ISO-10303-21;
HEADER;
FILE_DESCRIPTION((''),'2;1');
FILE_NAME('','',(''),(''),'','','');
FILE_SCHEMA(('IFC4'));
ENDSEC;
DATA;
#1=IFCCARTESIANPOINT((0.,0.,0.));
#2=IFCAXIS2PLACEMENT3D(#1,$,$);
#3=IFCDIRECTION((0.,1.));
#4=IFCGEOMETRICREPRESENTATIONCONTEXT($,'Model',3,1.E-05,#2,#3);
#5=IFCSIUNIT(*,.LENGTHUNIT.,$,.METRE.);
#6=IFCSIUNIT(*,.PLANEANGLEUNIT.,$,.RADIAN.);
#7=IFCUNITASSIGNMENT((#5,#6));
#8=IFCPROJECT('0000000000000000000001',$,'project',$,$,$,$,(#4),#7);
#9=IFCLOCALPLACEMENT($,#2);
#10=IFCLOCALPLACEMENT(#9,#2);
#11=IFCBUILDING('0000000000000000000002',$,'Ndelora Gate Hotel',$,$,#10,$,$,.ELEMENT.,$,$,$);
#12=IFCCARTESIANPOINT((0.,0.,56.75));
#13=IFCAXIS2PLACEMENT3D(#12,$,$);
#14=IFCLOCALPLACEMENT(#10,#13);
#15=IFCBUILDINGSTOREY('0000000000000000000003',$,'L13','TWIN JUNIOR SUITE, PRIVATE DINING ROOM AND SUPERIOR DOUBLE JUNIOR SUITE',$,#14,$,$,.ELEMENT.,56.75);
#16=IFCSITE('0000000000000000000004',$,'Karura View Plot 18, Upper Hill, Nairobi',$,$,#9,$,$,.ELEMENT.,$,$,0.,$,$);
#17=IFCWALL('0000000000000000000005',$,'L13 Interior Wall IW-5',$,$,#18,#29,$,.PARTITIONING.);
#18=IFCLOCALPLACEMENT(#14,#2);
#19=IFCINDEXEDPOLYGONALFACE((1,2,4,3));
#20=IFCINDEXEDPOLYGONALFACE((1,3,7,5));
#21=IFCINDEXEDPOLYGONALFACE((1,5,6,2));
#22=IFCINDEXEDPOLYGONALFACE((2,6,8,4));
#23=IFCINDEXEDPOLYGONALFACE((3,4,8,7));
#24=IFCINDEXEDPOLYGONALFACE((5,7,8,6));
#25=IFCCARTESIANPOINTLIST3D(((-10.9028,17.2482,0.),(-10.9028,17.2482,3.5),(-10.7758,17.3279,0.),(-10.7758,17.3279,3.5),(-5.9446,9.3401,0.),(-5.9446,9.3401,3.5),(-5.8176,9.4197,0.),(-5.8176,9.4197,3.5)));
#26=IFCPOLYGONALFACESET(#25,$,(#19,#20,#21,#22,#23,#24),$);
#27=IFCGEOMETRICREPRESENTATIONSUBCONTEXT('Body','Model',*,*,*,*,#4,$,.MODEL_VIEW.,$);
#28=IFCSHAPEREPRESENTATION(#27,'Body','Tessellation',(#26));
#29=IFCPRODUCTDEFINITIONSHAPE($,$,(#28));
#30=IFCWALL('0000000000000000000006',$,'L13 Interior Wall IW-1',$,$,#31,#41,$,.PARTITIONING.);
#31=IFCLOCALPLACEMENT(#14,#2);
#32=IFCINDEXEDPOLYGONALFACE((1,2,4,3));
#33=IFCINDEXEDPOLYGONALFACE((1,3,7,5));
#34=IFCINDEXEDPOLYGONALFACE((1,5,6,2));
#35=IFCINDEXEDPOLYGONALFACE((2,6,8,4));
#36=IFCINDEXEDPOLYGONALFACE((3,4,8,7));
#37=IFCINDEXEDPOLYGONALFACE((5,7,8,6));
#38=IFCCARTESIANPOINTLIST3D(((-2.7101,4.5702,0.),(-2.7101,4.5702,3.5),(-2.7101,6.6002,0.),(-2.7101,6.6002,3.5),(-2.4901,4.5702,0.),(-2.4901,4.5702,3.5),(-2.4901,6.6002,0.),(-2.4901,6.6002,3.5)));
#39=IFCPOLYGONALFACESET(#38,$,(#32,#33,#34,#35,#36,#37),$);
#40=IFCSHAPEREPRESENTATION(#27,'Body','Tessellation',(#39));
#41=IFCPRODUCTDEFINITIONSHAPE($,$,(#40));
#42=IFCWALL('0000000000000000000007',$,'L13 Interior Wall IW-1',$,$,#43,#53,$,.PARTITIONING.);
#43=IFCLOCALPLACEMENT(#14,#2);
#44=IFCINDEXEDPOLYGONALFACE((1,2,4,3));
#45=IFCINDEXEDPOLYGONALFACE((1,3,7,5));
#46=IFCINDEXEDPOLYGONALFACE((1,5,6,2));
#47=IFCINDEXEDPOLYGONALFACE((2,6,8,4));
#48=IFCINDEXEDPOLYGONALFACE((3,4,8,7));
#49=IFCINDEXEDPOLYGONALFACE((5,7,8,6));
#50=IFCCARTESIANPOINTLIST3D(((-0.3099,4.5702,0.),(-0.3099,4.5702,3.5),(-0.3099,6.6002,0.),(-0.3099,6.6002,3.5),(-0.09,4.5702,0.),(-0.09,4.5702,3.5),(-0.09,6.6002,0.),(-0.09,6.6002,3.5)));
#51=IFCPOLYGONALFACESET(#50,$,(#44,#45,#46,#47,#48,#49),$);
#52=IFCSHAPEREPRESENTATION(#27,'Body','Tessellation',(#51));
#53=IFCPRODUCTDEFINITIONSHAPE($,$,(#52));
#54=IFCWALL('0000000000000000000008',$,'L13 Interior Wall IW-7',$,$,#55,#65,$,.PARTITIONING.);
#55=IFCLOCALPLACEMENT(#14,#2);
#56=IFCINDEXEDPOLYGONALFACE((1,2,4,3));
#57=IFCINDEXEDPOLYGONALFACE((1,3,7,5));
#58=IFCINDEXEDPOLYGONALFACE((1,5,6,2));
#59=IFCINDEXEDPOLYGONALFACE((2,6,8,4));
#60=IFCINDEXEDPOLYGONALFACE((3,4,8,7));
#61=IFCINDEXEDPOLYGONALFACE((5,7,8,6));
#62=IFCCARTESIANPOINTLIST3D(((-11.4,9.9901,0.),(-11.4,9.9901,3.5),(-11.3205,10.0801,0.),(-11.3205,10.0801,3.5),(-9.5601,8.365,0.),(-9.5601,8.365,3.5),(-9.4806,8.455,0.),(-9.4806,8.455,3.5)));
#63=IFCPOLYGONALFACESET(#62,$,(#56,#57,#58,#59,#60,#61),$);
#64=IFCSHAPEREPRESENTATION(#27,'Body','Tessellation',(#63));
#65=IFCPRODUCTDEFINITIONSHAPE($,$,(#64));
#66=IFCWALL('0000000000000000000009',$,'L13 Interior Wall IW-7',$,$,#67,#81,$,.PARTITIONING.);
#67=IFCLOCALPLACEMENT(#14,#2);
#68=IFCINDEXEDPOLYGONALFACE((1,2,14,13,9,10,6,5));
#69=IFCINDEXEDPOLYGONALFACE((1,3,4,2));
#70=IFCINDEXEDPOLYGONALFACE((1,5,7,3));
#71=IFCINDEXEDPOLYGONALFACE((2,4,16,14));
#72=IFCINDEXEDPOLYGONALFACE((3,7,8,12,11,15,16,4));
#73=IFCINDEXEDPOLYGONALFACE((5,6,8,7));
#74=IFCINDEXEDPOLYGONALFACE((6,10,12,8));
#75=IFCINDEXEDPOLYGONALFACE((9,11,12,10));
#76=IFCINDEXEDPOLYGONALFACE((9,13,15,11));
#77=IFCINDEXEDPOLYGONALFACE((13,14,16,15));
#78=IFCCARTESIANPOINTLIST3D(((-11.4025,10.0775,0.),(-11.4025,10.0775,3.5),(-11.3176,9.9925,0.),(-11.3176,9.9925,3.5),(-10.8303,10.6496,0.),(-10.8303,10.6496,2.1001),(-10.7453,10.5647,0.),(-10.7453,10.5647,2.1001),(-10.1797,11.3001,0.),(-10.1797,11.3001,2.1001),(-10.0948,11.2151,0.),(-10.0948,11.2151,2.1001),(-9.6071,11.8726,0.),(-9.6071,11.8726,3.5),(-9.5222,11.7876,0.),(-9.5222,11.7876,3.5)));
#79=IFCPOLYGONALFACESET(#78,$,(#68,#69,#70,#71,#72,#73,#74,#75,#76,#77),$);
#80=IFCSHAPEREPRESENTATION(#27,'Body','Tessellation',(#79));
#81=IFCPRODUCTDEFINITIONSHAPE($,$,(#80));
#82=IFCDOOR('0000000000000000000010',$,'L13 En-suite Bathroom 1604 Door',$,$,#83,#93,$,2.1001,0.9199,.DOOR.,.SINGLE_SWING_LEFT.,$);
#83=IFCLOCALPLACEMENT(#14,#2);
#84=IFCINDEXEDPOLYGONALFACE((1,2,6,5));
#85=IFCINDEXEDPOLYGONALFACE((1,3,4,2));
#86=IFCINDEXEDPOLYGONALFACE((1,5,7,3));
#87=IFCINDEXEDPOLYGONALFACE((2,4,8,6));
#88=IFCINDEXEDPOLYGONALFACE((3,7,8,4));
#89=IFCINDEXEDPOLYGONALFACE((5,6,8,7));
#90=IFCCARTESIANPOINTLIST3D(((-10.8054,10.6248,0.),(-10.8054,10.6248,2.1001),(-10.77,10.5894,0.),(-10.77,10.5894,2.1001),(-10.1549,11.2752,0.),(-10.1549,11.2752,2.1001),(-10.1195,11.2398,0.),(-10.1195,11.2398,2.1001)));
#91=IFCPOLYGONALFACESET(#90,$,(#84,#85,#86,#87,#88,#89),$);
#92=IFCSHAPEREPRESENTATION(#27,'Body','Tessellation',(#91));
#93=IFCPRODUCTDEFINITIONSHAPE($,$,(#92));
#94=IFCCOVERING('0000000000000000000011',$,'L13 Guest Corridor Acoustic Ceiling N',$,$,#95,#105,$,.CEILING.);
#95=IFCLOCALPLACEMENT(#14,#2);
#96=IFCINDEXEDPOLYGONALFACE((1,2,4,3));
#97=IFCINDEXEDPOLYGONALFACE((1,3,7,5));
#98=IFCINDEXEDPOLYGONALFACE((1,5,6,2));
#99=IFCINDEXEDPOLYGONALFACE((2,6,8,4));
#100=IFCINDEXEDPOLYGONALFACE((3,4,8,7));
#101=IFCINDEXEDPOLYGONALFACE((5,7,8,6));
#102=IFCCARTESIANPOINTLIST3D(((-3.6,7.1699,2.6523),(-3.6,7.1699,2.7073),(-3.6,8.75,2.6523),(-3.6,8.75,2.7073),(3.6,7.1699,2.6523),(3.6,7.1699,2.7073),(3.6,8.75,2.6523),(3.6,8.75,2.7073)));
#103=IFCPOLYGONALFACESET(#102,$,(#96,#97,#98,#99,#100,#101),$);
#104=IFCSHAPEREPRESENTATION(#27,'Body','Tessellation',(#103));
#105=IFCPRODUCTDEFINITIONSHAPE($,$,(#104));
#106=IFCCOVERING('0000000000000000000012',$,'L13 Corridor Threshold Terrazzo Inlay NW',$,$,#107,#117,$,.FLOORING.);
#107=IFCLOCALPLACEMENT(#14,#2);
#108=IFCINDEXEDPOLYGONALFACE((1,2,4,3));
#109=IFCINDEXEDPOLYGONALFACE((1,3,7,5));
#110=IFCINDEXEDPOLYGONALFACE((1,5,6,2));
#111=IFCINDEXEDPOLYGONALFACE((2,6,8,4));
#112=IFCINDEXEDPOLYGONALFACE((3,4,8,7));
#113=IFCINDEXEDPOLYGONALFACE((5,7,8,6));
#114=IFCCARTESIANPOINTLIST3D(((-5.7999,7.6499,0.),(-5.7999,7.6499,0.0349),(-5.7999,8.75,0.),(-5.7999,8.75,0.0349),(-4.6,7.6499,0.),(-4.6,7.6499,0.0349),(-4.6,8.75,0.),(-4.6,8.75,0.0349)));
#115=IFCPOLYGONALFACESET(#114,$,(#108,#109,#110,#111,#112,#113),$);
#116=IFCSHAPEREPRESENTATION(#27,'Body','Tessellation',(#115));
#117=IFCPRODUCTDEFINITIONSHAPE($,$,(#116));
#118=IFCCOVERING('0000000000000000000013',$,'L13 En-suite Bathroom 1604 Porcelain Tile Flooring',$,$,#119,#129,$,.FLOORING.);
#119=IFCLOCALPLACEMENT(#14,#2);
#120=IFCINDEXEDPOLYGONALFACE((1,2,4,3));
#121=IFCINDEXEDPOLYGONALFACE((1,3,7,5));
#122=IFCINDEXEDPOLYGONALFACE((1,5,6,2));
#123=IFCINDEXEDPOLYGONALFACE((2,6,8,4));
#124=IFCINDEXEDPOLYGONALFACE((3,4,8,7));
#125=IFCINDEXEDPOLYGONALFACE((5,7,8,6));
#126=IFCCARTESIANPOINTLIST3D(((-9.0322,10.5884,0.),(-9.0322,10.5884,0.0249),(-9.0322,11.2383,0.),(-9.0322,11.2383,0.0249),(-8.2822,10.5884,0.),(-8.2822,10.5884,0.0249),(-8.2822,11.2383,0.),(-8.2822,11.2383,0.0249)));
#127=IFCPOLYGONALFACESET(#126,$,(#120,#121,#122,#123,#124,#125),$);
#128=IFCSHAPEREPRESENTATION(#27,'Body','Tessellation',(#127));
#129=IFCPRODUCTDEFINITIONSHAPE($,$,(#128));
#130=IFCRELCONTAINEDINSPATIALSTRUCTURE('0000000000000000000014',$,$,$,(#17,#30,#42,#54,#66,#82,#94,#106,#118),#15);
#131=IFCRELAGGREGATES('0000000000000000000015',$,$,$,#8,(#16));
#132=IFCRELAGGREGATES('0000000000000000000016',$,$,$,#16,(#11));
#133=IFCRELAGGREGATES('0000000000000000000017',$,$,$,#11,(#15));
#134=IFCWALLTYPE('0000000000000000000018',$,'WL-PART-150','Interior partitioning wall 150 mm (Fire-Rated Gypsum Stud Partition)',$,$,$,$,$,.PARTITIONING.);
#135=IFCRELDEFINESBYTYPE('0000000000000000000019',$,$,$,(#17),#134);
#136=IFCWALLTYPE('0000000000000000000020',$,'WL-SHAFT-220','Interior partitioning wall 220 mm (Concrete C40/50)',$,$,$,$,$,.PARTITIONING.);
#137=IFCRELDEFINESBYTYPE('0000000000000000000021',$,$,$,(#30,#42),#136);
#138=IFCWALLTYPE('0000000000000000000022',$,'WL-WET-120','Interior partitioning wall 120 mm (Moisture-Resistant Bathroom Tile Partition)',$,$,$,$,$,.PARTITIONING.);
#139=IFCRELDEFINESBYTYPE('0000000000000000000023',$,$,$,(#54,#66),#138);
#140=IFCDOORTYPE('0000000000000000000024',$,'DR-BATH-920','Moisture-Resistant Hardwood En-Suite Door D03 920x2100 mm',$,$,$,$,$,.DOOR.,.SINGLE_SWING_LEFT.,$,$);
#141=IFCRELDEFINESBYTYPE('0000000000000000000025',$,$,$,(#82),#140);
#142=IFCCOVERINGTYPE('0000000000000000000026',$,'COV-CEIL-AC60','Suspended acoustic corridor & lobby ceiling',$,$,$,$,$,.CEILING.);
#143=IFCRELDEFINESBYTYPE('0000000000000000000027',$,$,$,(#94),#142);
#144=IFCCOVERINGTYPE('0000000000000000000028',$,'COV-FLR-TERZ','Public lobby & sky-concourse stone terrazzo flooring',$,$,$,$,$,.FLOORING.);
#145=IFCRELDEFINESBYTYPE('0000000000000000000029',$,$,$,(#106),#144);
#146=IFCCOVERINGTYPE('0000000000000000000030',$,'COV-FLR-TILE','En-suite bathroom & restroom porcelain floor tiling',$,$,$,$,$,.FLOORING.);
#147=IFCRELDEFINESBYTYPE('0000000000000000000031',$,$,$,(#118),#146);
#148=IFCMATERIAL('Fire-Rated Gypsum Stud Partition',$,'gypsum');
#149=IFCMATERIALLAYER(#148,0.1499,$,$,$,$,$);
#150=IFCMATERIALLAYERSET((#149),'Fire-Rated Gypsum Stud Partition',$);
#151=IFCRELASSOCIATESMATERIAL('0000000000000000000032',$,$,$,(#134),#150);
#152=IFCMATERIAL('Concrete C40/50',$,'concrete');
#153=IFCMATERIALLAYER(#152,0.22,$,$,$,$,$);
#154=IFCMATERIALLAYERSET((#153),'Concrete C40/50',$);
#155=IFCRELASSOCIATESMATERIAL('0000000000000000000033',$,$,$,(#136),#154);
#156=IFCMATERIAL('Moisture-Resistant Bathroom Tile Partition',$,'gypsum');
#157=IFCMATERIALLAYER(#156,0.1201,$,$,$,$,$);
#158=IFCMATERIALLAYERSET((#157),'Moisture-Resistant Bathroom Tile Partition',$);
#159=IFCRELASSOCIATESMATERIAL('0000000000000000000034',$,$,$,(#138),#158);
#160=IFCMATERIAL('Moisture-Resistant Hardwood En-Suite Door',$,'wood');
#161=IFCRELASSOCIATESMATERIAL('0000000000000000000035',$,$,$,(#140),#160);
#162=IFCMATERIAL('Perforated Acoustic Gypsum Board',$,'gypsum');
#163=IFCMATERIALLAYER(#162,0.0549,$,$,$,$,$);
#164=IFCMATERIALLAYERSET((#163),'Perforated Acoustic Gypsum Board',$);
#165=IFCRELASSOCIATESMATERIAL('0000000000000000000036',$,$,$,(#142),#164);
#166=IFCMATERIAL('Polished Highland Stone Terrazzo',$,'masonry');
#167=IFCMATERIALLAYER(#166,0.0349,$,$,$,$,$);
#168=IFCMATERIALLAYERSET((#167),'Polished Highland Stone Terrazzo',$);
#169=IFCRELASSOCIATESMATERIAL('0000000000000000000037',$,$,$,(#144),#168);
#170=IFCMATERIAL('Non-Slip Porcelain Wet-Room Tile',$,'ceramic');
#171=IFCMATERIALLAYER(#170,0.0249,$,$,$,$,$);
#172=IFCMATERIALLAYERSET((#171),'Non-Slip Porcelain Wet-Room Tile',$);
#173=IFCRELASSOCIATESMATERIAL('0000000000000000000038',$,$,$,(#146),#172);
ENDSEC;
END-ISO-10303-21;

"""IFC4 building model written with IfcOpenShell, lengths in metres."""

from ifc_helpers import new_model, si_unit, direction, frame, frame_2d, origin, origin_2d, place, context, subcontext, project, spatial, rectangle, extrude, material, layer, layer_set, type_object, element, fill, save


model = new_model("IFC4")

# Units and contexts
model_context = context("Model", 3, precision=1e-05, world=origin(), true_north=direction((0.0, 1.0)))
body_context = subcontext(model_context, "Body", "Model", "MODEL_VIEW")
ifc_project = project(units=[si_unit("LENGTHUNIT", "METRE"), si_unit("PLANEANGLEUNIT", "RADIAN")], contexts=[model_context])

# Site, building, storey
site_placement = place(None, origin())
site = spatial("IfcSite", under=ifc_project, at=site_placement, Name="Karura View Plot 18, Upper Hill, Nairobi", CompositionType="ELEMENT", RefElevation=0.0)
building_placement = place(site_placement, origin())
building = spatial("IfcBuilding", under=site, at=building_placement, Name="Ndelora Gate Hotel", CompositionType="ELEMENT")
storey_placement = place(building_placement, frame((0.0, 0.0, 56.75)))
storey = spatial("IfcBuildingStorey", under=building, at=storey_placement, Name="L13", Description="TWIN JUNIOR SUITE, PRIVATE DINING ROOM AND SUPERIOR DOUBLE JUNIOR SUITE", CompositionType="ELEMENT", Elevation=56.75)

# Shared definitions
ifc_material_1 = material(Name="Fire-Rated Gypsum Stud Partition", Category="gypsum")
ifc_layer_1 = layer(ifc_material_1, 0.1499)
ifc_layer_set_1 = layer_set([ifc_layer_1], Name="Fire-Rated Gypsum Stud Partition")
wall_type_1 = type_object("IfcWallType", Name="WL-PART-150", Description="Interior partitioning wall 150 mm (Fire-Rated Gypsum Stud Partition)", PredefinedType="PARTITIONING", material=ifc_layer_set_1)

# Walls
wall_1_placement = place(storey_placement, frame((-5.8811, 9.3799, 0.0), z_axis=(0.0, 0.0, 1.0), x_axis=(-0.531202, 0.847245, 0.0)))
element("IfcWall", 1, at=wall_1_placement, inside=storey, type_object=wall_type_1, Name="L13 Interior Wall IW-5", PredefinedType="PARTITIONING", context=body_context, shape_type="SweptSolid", body=[
    extrude(rectangle(XDim=9.334, YDim=0.1499, at=frame_2d((4.667, 0.0))), origin(), (0.0, 0.0, 1.0), 3.5),
])
ifc_material_2 = material(Name="Concrete C40/50", Category="concrete")
ifc_layer_2 = layer(ifc_material_2, 0.22)
ifc_layer_set_2 = layer_set([ifc_layer_2], Name="Concrete C40/50")
wall_type_2 = type_object("IfcWallType", Name="WL-SHAFT-220", Description="Interior partitioning wall 220 mm (Concrete C40/50)", PredefinedType="PARTITIONING", material=ifc_layer_set_2)
for number, where, z_axis, x_axis, name in (
    (2, (-2.6001, 4.5701, 0.0), (0.0, 0.0, 1.0), (0.0, 1.0, 0.0), "L13 Interior Wall IW-1"),
    (3, (-0.2, 4.5701, 0.0), (0.0, 0.0, 1.0), (0.0, 1.0, 0.0), "L13 Interior Wall IW-1"),
):
    element("IfcWall", number, at=place(storey_placement, frame(where, z_axis=z_axis, x_axis=x_axis)), inside=storey, type_object=wall_type_2, Name=name, PredefinedType="PARTITIONING", context=body_context, shape_type="SweptSolid", body=[
        extrude(rectangle(XDim=2.03, YDim=0.22, at=frame_2d((1.0151, 0.0))), origin(), (0.0, 0.0, 1.0), 3.5),
    ])
ifc_material_3 = material(Name="Moisture-Resistant Bathroom Tile Partition", Category="gypsum")
ifc_layer_3 = layer(ifc_material_3, 0.1201)
ifc_layer_set_3 = layer_set([ifc_layer_3], Name="Moisture-Resistant Bathroom Tile Partition")
wall_type_3 = type_object("IfcWallType", Name="WL-WET-120", Description="Interior partitioning wall 120 mm (Moisture-Resistant Bathroom Tile Partition)", PredefinedType="PARTITIONING", material=ifc_layer_set_3)
wall_2_placement = place(storey_placement, frame((-9.5203, 8.4099, 0.0), z_axis=(0.0, 0.0, 1.0), x_axis=(-0.749513, 0.66199, 0.0)))
element("IfcWall", 4, at=wall_2_placement, inside=storey, type_object=wall_type_3, Name="L13 Interior Wall IW-7", PredefinedType="PARTITIONING", context=body_context, shape_type="SweptSolid", body=[
    extrude(rectangle(XDim=2.4548, YDim=0.1201, at=frame_2d((1.2275, 0.0))), origin(), (0.0, 0.0, 1.0), 3.5),
])

# Wall, opening, door
wall_3_placement = place(storey_placement, frame((-11.3601, 10.0349, 0.0), z_axis=(0.0, 0.0, 1.0), x_axis=(0.707155, 0.707059, 0.0)))
wall_3 = element("IfcWall", 5, at=wall_3_placement, inside=storey, type_object=wall_type_3, Name="L13 Interior Wall IW-7", PredefinedType="PARTITIONING", context=body_context, shape_type="SweptSolid", body=[
    extrude(rectangle(XDim=2.5388, YDim=0.1201, at=frame_2d((1.2695, 0.0))), origin(), (0.0, 0.0, 1.0), 3.5),
])
opening_1_placement = place(wall_3_placement, frame((0.8093, 0.0, 0.0)))
opening_1 = element("IfcOpeningElement", 6, at=opening_1_placement, cuts=wall_3, PredefinedType="OPENING", context=body_context, shape_type="SweptSolid", body=[
    extrude(rectangle(XDim=0.9199, YDim=2.1001, at=frame_2d((0.46, 1.05))), frame((0.0, 0.0701, 0.0), z_axis=(0.0, -1.0, 0.0), x_axis=(1.0, 0.0, 0.0)), (0.0, 0.0, 1.0), 0.1401),
])
ifc_material_4 = material(Name="Moisture-Resistant Hardwood En-Suite Door", Category="wood")
door_type_1 = type_object("IfcDoorType", Name="DR-BATH-920", Description="Moisture-Resistant Hardwood En-Suite Door D03 920x2100 mm", OperationType="SINGLE_SWING_LEFT", PredefinedType="DOOR", material=ifc_material_4)
door_1_placement = place(opening_1_placement, origin())
door_1 = element("IfcDoor", 7, at=door_1_placement, inside=storey, type_object=door_type_1, Name="L13 En-suite Bathroom 1604 Door", OperationType="SINGLE_SWING_LEFT", OverallHeight=2.1001, OverallWidth=0.9199, PredefinedType="DOOR", context=body_context, shape_type="SweptSolid", body=[
    extrude(rectangle(XDim=0.9199, YDim=2.1001, at=frame_2d((0.46, 1.05))), frame((0.0, 0.0249, 0.0), z_axis=(0.0, -1.0, 0.0), x_axis=(1.0, 0.0, 0.0)), (0.0, 0.0, 1.0), 0.05),
])
fill(opening_1, door_1)

# Coverings
ifc_material_5 = material(Name="Perforated Acoustic Gypsum Board", Category="gypsum")
ifc_layer_4 = layer(ifc_material_5, 0.0549)
ifc_layer_set_4 = layer_set([ifc_layer_4], Name="Perforated Acoustic Gypsum Board")
covering_type_1 = type_object("IfcCoveringType", Name="COV-CEIL-AC60", Description="Suspended acoustic corridor & lobby ceiling", PredefinedType="CEILING", material=ifc_layer_set_4)
covering_1_placement = place(storey_placement, frame((0.0, 7.96, 2.6523), z_axis=(0.0, 0.0, 1.0), x_axis=(1.0, 0.0, 0.0)))
element("IfcCovering", 8, at=covering_1_placement, inside=storey, type_object=covering_type_1, Name="L13 Guest Corridor Acoustic Ceiling N", PredefinedType="CEILING", context=body_context, shape_type="SweptSolid", body=[
    extrude(rectangle(XDim=7.2, YDim=1.5801, at=origin_2d()), origin(), (0.0, 0.0, 1.0), 0.0549),
])
ifc_material_6 = material(Name="Polished Highland Stone Terrazzo", Category="masonry")
ifc_layer_5 = layer(ifc_material_6, 0.0349)
ifc_layer_set_5 = layer_set([ifc_layer_5], Name="Polished Highland Stone Terrazzo")
covering_type_2 = type_object("IfcCoveringType", Name="COV-FLR-TERZ", Description="Public lobby & sky-concourse stone terrazzo flooring", PredefinedType="FLOORING", material=ifc_layer_set_5)
covering_2_placement = place(storey_placement, frame((-5.2, 8.2, 0.0), z_axis=(0.0, 0.0, 1.0), x_axis=(1.0, 0.0, 0.0)))
element("IfcCovering", 9, at=covering_2_placement, inside=storey, type_object=covering_type_2, Name="L13 Corridor Threshold Terrazzo Inlay NW", PredefinedType="FLOORING", context=body_context, shape_type="SweptSolid", body=[
    extrude(rectangle(XDim=1.2, YDim=1.1001, at=origin_2d()), origin(), (0.0, 0.0, 1.0), 0.0349),
])
ifc_material_7 = material(Name="Non-Slip Porcelain Wet-Room Tile", Category="ceramic")
ifc_layer_6 = layer(ifc_material_7, 0.0249)
ifc_layer_set_6 = layer_set([ifc_layer_6], Name="Non-Slip Porcelain Wet-Room Tile")
covering_type_3 = type_object("IfcCoveringType", Name="COV-FLR-TILE", Description="En-suite bathroom & restroom porcelain floor tiling", PredefinedType="FLOORING", material=ifc_layer_set_6)
covering_3_placement = place(storey_placement, frame((-8.6572, 10.9133, 0.0), z_axis=(0.0, 0.0, 1.0), x_axis=(1.0, 0.0, 0.0)))
element("IfcCovering", 10, at=covering_3_placement, inside=storey, type_object=covering_type_3, Name="L13 En-suite Bathroom 1604 Porcelain Tile Flooring", PredefinedType="FLOORING", context=body_context, shape_type="SweptSolid", body=[
    extrude(rectangle(XDim=0.75, YDim=0.6499, at=origin_2d()), origin(), (0.0, 0.0, 1.0), 0.0249),
])

save(model, "model.ifc")
